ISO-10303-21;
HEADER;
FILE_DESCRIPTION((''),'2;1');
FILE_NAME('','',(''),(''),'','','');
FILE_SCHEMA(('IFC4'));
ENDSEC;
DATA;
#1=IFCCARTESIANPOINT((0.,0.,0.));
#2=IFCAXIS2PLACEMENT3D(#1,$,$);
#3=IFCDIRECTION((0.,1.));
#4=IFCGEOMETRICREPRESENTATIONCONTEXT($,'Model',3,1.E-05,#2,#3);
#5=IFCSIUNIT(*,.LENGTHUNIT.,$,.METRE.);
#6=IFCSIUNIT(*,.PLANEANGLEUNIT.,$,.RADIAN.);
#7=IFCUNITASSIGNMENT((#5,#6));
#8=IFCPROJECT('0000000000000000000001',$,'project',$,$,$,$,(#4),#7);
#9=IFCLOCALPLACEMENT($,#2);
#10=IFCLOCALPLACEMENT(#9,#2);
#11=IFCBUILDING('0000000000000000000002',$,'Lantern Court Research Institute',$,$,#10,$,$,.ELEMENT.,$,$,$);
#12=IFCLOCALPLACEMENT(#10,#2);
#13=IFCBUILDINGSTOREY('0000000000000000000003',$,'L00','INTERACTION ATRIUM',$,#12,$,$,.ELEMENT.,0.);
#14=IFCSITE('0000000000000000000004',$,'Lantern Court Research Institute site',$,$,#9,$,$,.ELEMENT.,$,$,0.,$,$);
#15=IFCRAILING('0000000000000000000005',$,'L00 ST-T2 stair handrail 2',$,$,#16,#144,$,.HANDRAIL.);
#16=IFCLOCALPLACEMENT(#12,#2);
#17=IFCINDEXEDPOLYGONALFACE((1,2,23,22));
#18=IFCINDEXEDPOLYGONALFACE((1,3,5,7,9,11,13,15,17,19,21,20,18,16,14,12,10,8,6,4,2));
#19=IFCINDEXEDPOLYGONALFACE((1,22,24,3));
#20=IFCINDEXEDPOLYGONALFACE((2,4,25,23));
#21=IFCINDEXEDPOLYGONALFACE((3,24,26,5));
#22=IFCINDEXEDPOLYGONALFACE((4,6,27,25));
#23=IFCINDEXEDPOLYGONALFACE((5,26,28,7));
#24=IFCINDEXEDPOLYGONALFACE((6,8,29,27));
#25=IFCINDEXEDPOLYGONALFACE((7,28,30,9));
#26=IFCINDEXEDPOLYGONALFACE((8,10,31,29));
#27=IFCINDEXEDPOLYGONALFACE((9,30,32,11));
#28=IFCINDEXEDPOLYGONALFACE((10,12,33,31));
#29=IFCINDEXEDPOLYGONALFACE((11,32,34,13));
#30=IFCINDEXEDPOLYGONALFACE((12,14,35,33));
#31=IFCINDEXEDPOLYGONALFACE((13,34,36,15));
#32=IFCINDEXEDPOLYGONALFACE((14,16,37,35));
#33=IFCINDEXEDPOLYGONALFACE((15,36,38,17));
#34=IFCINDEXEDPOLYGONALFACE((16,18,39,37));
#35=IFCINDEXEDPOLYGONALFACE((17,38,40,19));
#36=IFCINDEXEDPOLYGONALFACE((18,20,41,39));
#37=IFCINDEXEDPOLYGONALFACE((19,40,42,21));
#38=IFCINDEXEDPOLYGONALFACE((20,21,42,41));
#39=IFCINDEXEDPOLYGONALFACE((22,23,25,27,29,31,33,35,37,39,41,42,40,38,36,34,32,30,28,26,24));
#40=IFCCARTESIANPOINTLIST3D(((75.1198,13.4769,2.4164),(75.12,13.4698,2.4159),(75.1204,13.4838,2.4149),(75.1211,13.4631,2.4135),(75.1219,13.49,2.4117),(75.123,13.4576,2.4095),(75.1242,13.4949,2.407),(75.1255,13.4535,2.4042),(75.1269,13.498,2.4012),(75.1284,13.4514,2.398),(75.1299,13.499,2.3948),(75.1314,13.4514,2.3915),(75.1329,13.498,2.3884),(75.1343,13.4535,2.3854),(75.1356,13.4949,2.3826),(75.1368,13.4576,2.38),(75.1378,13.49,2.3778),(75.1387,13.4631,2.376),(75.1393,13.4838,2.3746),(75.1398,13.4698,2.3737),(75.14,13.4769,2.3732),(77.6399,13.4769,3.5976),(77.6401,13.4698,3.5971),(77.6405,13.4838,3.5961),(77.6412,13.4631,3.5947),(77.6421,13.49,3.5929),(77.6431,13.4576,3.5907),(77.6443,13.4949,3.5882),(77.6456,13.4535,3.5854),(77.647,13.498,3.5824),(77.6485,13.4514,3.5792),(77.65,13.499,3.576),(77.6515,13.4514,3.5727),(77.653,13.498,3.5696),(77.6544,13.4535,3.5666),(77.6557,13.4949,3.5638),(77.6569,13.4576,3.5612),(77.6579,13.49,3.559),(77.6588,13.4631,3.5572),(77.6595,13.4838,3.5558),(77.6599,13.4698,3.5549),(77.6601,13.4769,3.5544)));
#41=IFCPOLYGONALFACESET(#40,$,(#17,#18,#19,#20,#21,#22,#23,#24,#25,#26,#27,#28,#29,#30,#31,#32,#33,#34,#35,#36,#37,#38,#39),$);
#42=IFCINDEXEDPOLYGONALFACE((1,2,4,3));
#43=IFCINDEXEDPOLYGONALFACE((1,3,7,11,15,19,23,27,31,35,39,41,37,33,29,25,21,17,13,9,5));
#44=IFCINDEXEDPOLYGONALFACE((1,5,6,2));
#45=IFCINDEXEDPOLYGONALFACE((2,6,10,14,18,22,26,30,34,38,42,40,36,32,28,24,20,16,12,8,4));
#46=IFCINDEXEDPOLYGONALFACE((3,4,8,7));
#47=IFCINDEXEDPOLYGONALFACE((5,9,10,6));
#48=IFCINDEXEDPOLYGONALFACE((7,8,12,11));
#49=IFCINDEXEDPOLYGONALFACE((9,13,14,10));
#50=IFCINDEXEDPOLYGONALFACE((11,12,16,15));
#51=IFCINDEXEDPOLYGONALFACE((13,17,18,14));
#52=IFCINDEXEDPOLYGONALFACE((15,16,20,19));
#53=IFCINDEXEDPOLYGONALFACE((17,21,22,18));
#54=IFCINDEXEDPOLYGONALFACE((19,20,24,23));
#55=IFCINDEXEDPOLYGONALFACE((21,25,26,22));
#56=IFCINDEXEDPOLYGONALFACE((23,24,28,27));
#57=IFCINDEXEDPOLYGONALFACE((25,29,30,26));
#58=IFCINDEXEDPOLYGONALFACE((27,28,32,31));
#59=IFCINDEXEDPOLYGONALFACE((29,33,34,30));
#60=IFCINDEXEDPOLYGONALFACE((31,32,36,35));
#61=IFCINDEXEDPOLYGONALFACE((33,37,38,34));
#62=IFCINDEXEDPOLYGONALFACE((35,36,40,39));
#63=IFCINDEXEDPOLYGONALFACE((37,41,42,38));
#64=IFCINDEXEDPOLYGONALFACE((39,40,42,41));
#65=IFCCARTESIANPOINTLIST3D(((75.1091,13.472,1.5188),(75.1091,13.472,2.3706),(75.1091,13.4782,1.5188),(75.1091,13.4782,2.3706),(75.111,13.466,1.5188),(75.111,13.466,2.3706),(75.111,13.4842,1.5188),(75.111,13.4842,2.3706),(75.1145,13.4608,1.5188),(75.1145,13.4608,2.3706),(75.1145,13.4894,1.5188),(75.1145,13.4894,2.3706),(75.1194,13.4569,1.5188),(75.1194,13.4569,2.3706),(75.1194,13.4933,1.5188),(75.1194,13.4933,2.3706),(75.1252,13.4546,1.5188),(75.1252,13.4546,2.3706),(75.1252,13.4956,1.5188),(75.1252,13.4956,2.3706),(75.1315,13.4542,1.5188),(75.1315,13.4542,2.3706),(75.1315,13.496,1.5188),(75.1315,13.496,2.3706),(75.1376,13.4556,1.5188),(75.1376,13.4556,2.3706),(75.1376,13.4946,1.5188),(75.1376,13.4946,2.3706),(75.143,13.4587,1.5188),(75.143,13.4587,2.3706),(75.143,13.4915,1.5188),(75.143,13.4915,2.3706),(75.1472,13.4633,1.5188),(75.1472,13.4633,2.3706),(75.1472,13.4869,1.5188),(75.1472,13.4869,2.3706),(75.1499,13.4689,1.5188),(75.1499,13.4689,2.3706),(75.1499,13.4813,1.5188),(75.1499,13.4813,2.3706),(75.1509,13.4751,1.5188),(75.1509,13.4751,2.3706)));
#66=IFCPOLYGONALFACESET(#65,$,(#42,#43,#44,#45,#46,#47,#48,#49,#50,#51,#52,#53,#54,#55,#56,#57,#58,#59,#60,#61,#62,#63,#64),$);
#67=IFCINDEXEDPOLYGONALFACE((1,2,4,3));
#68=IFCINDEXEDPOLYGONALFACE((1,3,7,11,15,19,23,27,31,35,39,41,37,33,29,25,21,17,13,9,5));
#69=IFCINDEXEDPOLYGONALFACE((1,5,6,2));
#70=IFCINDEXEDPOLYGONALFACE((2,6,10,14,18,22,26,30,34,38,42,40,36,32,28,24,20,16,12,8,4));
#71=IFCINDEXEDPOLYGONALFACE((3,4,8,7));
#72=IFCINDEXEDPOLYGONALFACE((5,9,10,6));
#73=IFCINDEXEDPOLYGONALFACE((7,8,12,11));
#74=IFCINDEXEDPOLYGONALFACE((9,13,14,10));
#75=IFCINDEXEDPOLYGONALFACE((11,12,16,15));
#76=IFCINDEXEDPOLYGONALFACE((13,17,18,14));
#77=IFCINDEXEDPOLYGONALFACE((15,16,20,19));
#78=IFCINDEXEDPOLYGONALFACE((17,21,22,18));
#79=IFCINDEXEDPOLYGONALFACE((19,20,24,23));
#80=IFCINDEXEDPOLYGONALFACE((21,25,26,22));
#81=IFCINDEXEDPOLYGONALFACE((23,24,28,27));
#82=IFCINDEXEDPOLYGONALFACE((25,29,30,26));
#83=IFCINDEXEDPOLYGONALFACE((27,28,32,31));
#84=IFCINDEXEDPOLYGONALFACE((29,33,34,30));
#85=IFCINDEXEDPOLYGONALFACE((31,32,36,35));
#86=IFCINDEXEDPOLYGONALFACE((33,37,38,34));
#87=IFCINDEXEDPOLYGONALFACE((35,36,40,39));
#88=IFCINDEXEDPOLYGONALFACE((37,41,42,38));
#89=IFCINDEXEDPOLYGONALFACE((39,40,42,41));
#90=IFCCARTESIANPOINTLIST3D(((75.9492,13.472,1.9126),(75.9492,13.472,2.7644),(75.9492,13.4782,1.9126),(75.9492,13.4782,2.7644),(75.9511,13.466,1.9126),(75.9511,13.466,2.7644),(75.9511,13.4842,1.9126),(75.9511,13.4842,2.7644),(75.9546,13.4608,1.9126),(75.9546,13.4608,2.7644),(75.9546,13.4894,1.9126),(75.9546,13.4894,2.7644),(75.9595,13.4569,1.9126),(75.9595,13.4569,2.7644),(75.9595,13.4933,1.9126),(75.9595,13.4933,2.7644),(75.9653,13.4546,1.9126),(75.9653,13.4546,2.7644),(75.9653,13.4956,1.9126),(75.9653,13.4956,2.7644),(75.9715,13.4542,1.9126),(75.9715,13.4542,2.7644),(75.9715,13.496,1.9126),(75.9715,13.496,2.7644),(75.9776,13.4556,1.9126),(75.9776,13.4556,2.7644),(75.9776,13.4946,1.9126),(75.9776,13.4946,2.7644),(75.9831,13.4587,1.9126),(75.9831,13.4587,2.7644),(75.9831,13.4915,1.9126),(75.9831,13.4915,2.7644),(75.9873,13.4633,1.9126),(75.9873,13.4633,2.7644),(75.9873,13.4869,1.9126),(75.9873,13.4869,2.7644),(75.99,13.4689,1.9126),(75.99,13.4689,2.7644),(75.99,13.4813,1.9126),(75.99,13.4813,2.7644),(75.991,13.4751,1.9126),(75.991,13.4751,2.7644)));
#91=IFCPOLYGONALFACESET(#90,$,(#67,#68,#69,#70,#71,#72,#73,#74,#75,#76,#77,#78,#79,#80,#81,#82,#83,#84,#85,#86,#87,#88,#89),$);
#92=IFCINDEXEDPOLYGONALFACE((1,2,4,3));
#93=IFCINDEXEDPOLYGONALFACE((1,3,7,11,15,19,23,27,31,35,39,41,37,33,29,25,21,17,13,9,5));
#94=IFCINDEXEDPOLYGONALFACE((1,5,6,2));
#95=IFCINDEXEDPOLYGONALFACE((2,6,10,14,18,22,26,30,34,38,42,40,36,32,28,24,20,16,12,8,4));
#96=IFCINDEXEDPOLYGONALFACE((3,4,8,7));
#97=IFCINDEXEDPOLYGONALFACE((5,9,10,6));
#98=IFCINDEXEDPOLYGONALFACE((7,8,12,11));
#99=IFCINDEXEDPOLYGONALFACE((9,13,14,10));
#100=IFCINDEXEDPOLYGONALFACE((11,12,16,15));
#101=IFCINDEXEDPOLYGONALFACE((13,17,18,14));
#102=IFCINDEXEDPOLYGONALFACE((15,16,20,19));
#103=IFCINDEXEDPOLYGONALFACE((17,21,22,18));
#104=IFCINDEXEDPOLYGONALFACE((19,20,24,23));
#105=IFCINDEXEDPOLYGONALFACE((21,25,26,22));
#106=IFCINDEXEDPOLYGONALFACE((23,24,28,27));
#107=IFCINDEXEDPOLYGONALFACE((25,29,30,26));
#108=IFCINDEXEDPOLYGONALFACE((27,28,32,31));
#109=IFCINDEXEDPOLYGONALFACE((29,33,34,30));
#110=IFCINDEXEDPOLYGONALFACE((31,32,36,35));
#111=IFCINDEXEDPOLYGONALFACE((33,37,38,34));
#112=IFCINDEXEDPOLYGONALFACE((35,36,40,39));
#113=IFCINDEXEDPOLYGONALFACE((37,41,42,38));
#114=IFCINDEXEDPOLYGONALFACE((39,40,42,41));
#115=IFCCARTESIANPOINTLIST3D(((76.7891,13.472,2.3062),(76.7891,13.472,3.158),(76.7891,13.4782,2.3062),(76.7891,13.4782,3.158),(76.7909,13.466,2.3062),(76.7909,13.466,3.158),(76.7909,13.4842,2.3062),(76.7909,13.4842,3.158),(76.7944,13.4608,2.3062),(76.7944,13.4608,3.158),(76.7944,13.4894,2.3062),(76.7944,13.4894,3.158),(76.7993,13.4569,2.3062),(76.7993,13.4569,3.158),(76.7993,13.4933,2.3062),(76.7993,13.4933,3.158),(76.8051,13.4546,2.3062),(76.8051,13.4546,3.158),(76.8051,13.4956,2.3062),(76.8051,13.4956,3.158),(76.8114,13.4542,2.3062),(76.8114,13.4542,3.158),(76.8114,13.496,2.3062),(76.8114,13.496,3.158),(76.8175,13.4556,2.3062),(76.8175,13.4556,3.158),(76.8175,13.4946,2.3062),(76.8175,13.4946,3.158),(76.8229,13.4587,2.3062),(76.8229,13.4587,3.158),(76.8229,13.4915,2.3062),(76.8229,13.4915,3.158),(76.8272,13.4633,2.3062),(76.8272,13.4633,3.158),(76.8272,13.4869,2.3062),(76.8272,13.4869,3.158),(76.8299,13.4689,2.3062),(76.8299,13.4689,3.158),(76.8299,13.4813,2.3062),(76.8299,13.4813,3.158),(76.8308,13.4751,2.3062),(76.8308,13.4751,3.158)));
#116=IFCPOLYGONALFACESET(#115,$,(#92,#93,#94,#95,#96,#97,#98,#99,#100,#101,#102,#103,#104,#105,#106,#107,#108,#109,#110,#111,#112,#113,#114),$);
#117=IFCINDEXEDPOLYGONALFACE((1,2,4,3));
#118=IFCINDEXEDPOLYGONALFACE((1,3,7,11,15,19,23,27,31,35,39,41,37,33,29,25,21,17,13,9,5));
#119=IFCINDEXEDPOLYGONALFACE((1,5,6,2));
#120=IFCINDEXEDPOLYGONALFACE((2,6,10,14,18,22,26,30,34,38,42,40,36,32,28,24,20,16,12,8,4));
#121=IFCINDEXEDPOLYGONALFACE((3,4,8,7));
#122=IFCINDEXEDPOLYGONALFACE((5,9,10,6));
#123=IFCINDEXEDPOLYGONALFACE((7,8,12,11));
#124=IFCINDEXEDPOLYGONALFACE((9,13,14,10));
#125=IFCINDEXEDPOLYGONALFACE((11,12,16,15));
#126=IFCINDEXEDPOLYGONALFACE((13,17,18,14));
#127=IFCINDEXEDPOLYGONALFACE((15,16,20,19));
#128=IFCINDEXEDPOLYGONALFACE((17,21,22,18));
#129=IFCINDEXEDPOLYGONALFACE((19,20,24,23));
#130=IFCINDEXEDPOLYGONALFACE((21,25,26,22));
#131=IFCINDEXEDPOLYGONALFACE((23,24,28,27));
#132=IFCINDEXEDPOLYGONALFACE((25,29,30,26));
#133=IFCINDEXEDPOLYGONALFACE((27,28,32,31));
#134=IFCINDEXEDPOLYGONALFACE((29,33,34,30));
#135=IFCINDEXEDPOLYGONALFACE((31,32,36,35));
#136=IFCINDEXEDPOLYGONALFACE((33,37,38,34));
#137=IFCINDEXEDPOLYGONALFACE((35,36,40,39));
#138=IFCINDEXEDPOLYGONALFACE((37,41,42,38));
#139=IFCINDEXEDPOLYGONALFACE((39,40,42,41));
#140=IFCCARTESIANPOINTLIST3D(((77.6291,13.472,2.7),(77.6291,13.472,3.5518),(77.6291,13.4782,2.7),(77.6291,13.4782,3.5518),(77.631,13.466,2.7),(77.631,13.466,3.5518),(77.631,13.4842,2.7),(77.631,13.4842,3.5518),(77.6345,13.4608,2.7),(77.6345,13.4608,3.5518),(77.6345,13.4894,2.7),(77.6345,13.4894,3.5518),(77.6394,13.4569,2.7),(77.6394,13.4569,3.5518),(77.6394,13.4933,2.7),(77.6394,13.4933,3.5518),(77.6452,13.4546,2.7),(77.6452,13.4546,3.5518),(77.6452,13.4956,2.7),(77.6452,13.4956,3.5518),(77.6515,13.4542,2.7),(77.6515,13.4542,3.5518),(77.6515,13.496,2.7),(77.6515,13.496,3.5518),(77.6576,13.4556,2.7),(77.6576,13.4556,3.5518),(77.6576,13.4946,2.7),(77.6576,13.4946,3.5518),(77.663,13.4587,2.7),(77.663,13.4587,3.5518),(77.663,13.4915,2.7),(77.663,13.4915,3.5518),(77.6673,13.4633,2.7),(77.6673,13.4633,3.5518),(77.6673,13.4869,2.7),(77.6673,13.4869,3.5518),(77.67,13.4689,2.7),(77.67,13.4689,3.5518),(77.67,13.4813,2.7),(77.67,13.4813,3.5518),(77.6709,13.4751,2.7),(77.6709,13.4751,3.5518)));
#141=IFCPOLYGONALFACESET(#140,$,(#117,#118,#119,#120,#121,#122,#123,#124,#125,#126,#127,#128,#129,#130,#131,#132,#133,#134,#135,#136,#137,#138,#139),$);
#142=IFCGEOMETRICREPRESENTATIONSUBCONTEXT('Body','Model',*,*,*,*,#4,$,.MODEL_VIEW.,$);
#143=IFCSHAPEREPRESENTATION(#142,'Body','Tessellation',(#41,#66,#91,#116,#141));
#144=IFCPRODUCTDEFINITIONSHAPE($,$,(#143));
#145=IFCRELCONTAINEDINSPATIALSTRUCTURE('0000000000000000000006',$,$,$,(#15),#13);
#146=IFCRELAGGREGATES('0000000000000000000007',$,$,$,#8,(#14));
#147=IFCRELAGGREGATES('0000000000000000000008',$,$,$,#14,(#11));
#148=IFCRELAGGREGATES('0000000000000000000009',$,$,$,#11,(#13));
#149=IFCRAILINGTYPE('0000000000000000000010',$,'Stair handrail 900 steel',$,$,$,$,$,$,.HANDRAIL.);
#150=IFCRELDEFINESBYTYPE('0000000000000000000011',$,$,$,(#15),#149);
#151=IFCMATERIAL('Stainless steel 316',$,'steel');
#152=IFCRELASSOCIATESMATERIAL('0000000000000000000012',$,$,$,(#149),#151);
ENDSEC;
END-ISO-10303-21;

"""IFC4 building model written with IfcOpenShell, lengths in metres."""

from ifc_helpers import new_model, si_unit, direction, frame, origin, origin_2d, place, context, subcontext, project, spatial, circle, extrude, material, type_object, element, save


model = new_model("IFC4")

# Units and contexts
model_context = context("Model", 3, precision=1e-05, world=origin(), true_north=direction((0.0, 1.0)))
body_context = subcontext(model_context, "Body", "Model", "MODEL_VIEW")
ifc_project = project(units=[si_unit("LENGTHUNIT", "METRE"), si_unit("PLANEANGLEUNIT", "RADIAN")], contexts=[model_context])

# Site, building, storey
site_placement = place(None, origin())
site = spatial("IfcSite", under=ifc_project, at=site_placement, Name="Lantern Court Research Institute site", CompositionType="ELEMENT", RefElevation=0.0)
building_placement = place(site_placement, origin())
building = spatial("IfcBuilding", under=site, at=building_placement, Name="Lantern Court Research Institute", CompositionType="ELEMENT")
storey_placement = place(building_placement, origin())
storey = spatial("IfcBuildingStorey", under=building, at=storey_placement, Name="L00", Description="INTERACTION ATRIUM", CompositionType="ELEMENT", Elevation=0.0)

# Railing
ifc_material_1 = material(Name="Stainless steel 316", Category="steel")
railing_type_1 = type_object("IfcRailingType", Name="Stair handrail 900 steel", PredefinedType="HANDRAIL", material=ifc_material_1)
railing_placement = place(storey_placement, frame((75.1299, 13.4751, 1.5188)))
element("IfcRailing", 1, at=railing_placement, inside=storey, type_object=railing_type_1, Name="L00 ST-T2 stair handrail 2", PredefinedType="HANDRAIL", context=body_context, shape_type="SweptSolid", body=[
    extrude(circle(Radius=0.0239, at=origin_2d()), frame((0.0, 0.0, 0.876), z_axis=(0.905474, 0.0, 0.424402), x_axis=(0.0, 1.0, 0.0)), (0.0, 0.0, 1.0), 2.7832),
    extrude(circle(Radius=0.021, at=origin_2d()), origin(), (0.0, 0.0, 1.0), 0.8518),
    extrude(circle(Radius=0.021, at=origin_2d()), frame((0.8401, 0.0, 0.3938)), (0.0, 0.0, 1.0), 0.8518),
    extrude(circle(Radius=0.021, at=origin_2d()), frame((1.6799, 0.0, 0.7874)), (0.0, 0.0, 1.0), 0.8518),
    extrude(circle(Radius=0.021, at=origin_2d()), frame((2.52, 0.0, 1.1812)), (0.0, 0.0, 1.0), 0.8518),
])

save(model, "model.ifc")
